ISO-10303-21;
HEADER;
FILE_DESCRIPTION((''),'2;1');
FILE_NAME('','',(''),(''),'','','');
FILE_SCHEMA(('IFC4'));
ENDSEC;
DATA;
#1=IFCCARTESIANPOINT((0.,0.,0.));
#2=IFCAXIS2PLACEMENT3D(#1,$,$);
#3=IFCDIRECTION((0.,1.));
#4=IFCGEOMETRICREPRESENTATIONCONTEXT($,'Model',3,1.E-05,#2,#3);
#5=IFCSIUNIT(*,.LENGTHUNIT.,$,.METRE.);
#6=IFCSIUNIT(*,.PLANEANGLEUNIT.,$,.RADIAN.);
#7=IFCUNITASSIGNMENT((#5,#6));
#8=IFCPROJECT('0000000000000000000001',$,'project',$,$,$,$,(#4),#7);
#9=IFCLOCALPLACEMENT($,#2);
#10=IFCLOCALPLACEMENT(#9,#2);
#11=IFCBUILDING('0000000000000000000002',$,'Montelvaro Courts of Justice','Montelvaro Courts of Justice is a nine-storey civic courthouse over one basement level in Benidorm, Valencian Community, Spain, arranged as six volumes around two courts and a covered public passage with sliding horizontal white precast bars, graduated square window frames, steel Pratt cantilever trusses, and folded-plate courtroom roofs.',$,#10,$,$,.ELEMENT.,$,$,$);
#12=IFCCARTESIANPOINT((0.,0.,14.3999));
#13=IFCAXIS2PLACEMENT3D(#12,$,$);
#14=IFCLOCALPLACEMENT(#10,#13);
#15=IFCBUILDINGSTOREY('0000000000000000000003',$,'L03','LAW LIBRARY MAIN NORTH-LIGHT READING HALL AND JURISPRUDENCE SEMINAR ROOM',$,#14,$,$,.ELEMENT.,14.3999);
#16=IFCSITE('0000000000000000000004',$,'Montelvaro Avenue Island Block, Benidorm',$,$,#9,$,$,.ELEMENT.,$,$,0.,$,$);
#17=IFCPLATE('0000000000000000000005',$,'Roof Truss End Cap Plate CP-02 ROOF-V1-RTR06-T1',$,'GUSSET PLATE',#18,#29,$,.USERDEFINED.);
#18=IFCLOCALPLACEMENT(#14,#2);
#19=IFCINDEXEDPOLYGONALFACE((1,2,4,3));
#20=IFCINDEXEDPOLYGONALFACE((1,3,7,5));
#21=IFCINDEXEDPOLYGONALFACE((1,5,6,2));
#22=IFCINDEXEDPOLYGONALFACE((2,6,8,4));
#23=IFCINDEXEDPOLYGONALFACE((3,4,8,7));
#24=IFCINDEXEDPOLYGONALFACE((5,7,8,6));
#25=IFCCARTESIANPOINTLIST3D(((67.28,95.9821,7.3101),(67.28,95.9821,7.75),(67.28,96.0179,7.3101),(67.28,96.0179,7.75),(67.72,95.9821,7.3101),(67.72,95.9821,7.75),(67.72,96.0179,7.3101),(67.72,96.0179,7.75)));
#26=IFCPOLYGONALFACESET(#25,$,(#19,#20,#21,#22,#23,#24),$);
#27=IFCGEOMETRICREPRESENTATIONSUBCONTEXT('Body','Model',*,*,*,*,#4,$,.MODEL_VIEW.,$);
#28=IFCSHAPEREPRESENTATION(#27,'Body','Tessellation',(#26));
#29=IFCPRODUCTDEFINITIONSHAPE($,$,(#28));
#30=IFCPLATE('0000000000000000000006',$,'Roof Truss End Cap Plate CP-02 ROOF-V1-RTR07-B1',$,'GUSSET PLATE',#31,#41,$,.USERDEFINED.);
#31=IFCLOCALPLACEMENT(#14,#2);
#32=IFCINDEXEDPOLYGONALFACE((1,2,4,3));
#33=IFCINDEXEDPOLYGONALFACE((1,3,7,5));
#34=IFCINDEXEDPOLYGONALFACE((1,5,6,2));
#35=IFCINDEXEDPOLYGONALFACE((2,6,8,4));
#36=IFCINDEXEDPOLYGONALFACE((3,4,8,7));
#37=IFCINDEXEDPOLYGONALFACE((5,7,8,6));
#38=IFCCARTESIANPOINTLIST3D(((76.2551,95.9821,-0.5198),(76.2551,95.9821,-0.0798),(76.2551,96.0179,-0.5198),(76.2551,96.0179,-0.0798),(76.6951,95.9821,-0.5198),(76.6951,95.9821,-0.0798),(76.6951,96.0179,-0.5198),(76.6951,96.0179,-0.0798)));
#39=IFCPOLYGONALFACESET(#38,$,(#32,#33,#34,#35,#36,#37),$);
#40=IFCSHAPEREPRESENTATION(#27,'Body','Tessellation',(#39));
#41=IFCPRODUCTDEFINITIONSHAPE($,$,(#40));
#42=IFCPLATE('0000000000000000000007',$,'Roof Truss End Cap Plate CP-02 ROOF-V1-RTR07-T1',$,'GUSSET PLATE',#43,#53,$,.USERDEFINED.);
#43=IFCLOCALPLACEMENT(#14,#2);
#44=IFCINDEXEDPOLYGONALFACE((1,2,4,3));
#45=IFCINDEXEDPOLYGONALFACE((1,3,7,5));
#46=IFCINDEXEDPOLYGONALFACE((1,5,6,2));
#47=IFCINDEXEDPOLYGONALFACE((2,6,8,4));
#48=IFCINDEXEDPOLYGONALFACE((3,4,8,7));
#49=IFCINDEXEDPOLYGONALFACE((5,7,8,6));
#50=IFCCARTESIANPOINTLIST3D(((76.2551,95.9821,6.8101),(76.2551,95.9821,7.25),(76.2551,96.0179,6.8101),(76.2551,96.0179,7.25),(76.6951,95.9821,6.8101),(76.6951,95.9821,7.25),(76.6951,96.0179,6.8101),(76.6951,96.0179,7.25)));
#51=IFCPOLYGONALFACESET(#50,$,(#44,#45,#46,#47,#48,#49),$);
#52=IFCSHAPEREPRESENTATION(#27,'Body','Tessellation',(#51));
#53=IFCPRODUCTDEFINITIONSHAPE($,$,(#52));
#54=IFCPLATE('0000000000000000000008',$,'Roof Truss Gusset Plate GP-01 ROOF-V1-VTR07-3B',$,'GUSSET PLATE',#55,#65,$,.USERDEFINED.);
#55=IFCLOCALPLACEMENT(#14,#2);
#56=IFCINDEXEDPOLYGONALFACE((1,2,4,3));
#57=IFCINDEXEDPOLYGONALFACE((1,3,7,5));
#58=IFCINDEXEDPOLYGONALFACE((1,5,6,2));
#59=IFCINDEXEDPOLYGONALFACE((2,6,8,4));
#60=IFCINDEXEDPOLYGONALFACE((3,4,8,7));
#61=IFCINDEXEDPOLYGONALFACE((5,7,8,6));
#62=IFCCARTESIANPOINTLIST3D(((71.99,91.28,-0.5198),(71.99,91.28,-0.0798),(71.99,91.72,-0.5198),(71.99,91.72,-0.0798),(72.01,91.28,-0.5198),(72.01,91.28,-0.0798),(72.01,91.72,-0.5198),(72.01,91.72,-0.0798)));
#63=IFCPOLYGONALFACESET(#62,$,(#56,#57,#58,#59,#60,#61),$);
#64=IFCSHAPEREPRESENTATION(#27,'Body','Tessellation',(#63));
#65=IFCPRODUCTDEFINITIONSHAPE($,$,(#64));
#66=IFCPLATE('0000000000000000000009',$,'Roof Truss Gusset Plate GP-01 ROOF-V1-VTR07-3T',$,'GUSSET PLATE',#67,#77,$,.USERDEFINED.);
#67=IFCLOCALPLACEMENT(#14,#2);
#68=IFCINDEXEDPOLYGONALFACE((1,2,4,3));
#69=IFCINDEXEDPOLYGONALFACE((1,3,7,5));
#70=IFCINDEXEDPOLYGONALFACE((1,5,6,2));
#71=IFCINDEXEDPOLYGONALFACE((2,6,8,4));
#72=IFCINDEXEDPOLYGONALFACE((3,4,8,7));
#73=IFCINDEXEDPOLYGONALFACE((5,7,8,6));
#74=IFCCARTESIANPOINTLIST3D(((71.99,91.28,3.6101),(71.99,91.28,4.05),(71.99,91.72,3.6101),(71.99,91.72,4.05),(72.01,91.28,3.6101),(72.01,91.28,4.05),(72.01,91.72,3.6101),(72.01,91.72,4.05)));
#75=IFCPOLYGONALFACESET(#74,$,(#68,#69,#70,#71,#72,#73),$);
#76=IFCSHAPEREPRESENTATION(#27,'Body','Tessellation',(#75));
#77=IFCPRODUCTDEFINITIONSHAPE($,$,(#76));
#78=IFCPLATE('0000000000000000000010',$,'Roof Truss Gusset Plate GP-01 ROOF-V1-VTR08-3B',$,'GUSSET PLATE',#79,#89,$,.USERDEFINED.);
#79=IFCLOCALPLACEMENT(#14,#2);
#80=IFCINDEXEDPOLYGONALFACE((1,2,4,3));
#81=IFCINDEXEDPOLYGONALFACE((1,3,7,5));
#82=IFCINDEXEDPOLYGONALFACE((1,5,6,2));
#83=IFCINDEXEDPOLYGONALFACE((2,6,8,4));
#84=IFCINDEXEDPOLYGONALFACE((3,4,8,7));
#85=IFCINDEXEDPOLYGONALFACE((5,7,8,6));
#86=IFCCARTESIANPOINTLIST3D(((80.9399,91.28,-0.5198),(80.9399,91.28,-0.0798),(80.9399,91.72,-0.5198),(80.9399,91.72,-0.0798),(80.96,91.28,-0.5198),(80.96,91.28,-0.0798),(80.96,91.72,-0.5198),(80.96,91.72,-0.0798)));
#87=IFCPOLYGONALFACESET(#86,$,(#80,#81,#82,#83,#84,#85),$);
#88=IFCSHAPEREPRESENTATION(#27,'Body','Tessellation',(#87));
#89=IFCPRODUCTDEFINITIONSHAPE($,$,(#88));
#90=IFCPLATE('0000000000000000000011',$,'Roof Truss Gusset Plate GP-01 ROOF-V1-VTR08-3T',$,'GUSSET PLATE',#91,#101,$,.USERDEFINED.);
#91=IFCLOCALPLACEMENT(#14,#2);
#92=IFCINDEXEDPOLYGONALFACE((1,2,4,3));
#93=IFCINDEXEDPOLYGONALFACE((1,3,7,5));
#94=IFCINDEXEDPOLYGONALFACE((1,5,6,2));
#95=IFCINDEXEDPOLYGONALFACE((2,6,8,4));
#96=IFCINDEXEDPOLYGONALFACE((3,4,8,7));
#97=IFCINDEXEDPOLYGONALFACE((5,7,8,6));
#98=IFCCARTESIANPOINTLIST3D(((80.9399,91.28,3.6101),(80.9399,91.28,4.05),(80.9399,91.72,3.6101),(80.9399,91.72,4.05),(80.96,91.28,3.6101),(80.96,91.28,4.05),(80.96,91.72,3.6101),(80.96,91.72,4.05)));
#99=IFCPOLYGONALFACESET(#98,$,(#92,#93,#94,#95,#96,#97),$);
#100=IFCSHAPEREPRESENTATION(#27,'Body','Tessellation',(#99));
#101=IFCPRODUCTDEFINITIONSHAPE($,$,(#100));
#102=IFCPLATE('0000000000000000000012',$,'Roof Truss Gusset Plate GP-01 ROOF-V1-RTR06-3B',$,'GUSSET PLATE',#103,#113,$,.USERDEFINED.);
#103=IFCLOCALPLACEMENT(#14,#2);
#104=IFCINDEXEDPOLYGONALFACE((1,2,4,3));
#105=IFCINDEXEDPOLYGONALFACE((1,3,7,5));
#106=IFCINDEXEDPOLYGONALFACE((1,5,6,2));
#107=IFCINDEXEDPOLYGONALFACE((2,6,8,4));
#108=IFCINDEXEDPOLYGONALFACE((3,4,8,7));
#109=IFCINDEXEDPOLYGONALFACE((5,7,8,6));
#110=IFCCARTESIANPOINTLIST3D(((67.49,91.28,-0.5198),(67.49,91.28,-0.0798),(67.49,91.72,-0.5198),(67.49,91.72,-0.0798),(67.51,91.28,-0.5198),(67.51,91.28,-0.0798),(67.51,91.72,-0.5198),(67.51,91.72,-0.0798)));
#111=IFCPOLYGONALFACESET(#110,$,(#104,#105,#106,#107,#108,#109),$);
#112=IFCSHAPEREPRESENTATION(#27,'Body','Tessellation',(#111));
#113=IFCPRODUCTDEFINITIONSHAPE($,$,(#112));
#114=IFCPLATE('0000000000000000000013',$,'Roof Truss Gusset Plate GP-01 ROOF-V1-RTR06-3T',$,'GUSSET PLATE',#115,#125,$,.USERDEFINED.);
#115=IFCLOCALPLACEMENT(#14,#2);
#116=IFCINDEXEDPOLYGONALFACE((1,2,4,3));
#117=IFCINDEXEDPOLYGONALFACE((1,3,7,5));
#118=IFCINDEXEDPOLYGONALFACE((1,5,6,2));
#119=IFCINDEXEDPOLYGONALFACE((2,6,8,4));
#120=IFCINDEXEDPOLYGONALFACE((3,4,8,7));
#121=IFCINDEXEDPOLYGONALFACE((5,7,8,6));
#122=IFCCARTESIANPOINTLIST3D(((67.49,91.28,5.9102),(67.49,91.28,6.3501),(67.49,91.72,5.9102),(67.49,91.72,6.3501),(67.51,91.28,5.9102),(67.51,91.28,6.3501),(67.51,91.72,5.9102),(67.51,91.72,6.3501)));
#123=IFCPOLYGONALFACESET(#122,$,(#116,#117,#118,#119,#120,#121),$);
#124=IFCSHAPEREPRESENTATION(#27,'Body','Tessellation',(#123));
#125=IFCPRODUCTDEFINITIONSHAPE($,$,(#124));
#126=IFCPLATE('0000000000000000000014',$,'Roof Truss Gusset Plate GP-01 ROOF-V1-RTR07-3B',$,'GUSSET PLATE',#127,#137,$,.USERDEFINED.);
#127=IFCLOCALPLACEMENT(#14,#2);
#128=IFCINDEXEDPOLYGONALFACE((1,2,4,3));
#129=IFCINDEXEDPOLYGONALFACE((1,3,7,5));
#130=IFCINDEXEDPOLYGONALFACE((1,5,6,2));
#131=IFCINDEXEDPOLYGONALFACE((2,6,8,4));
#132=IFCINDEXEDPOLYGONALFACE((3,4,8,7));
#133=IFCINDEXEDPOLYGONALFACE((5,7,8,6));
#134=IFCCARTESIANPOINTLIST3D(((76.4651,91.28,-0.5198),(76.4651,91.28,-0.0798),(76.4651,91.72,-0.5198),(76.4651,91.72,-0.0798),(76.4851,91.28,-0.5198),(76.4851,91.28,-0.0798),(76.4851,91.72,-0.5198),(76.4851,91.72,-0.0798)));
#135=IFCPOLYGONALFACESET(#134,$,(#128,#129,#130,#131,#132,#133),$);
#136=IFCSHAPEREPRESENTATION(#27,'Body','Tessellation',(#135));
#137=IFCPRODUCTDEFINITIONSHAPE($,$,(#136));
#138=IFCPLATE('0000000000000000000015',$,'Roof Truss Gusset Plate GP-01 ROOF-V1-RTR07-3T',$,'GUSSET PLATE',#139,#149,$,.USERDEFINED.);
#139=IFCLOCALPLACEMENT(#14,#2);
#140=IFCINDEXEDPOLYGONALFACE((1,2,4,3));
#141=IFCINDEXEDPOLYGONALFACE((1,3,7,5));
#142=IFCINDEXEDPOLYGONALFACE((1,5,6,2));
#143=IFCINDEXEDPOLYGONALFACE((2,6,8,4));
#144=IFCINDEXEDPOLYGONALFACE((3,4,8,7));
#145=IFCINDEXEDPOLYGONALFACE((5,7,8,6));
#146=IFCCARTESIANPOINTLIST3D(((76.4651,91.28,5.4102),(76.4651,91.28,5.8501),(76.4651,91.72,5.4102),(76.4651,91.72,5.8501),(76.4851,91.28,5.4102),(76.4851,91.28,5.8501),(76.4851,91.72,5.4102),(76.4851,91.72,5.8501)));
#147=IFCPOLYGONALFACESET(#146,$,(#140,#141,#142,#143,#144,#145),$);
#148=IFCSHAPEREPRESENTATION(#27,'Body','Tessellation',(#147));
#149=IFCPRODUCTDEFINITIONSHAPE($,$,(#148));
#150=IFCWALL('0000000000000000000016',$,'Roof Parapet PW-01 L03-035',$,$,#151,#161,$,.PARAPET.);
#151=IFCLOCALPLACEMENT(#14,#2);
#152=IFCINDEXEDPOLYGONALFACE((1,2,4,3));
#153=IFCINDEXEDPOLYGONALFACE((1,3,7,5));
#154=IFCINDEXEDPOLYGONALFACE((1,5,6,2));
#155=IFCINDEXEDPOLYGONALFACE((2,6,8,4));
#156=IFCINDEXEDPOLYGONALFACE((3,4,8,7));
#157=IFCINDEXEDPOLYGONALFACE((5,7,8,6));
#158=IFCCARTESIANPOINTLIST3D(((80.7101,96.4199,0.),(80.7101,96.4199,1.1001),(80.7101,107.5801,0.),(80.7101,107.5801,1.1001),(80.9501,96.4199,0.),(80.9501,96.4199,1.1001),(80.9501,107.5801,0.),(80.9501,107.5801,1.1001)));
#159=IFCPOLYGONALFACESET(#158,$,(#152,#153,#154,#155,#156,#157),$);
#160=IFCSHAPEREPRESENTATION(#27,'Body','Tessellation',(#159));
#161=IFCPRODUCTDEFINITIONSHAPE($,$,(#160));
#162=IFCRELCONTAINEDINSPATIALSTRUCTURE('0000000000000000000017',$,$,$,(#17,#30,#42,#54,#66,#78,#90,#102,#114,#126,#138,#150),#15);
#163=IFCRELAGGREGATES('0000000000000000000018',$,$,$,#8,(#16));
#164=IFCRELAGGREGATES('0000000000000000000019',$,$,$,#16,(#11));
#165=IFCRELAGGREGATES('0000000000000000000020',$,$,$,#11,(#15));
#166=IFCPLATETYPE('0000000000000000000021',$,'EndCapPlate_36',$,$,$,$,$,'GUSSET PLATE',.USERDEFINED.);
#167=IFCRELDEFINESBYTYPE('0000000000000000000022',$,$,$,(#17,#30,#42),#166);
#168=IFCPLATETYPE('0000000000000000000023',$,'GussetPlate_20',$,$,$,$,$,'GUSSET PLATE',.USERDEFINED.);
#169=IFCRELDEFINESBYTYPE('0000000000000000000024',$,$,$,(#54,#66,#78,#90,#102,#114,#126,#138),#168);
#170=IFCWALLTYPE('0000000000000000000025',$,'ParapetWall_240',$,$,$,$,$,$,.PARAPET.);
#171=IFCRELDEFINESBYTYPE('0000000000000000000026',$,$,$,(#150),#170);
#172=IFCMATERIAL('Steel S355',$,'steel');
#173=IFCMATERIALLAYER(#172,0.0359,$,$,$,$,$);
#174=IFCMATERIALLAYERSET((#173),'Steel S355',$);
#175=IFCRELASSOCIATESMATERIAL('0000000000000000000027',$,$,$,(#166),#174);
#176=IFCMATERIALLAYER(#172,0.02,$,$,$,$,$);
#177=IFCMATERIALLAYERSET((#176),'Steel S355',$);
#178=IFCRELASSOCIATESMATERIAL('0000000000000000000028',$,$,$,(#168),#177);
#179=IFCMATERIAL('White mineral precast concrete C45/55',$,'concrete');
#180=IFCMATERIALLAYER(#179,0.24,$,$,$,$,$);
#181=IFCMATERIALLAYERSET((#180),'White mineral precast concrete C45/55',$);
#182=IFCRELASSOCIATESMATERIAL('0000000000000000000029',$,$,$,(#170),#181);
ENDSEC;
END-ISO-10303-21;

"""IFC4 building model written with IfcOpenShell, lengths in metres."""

from ifc_helpers import new_model, si_unit, direction, frame, frame_2d, origin, origin_2d, place, context, subcontext, project, spatial, rectangle, extrude, material, layer, layer_set, type_object, element, save


model = new_model("IFC4")

# Units and contexts
model_context = context("Model", 3, precision=1e-05, world=origin(), true_north=direction((0.0, 1.0)))
body_context = subcontext(model_context, "Body", "Model", "MODEL_VIEW")
ifc_project = project(units=[si_unit("LENGTHUNIT", "METRE"), si_unit("PLANEANGLEUNIT", "RADIAN")], contexts=[model_context])

# Site, building, storey
site_placement = place(None, origin())
site = spatial("IfcSite", under=ifc_project, at=site_placement, Name="Montelvaro Avenue Island Block, Benidorm", CompositionType="ELEMENT", RefElevation=0.0)
building_placement = place(site_placement, origin())
building = spatial("IfcBuilding", under=site, at=building_placement, Name="Montelvaro Courts of Justice", Description="Montelvaro Courts of Justice is a nine-storey civic courthouse over one basement level in Benidorm, Valencian Community, Spain, arranged as six volumes around two courts and a covered public passage with sliding horizontal white precast bars, graduated square window frames, steel Pratt cantilever trusses, and folded-plate courtroom roofs.", CompositionType="ELEMENT")
storey_placement = place(building_placement, frame((0.0, 0.0, 14.3999)))
storey = spatial("IfcBuildingStorey", under=building, at=storey_placement, Name="L03", Description="LAW LIBRARY MAIN NORTH-LIGHT READING HALL AND JURISPRUDENCE SEMINAR ROOM", CompositionType="ELEMENT", Elevation=14.3999)

# Shared definitions
ifc_material_1 = material(Name="Steel S355", Category="steel")

# Plates
ifc_layer_1 = layer(ifc_material_1, 0.0359)
ifc_layer_set_1 = layer_set([ifc_layer_1], Name="Steel S355")
plate_type_1 = type_object("IfcPlateType", Name="EndCapPlate_36", ElementType="GUSSET PLATE", PredefinedType="USERDEFINED", material=ifc_layer_set_1)
for number, where, z_axis, x_axis, name in (
    (1, (67.5, 96.0, 7.3101), (0.0, 0.0, 1.0), (1.0, 0.0, 0.0), "Roof Truss End Cap Plate CP-02 ROOF-V1-RTR06-T1"),
    (2, (76.4751, 96.0, -0.5198), (0.0, 0.0, 1.0), (1.0, 0.0, 0.0), "Roof Truss End Cap Plate CP-02 ROOF-V1-RTR07-B1"),
    (3, (76.4751, 96.0, 6.8101), (0.0, 0.0, 1.0), (1.0, 0.0, 0.0), "Roof Truss End Cap Plate CP-02 ROOF-V1-RTR07-T1"),
):
    element("IfcPlate", number, at=place(storey_placement, frame(where, z_axis=z_axis, x_axis=x_axis)), inside=storey, type_object=plate_type_1, Name=name, ObjectType="GUSSET PLATE", PredefinedType="USERDEFINED", context=body_context, shape_type="SweptSolid", body=[
        extrude(rectangle(XDim=0.4399, YDim=0.0359, at=origin_2d()), origin(), (0.0, 0.0, 1.0), 0.4399),
    ])
ifc_layer_2 = layer(ifc_material_1, 0.02)
ifc_layer_set_2 = layer_set([ifc_layer_2], Name="Steel S355")
plate_type_2 = type_object("IfcPlateType", Name="GussetPlate_20", ElementType="GUSSET PLATE", PredefinedType="USERDEFINED", material=ifc_layer_set_2)
for number, where, z_axis, x_axis, name in (
    (4, (72.0, 91.5, -0.5198), (0.0, 0.0, 1.0), (1.0, 0.0, 0.0), "Roof Truss Gusset Plate GP-01 ROOF-V1-VTR07-3B"),
    (5, (72.0, 91.5, 3.6101), (0.0, 0.0, 1.0), (1.0, 0.0, 0.0), "Roof Truss Gusset Plate GP-01 ROOF-V1-VTR07-3T"),
    (6, (80.95, 91.5, -0.5198), (0.0, 0.0, 1.0), (1.0, 0.0, 0.0), "Roof Truss Gusset Plate GP-01 ROOF-V1-VTR08-3B"),
    (7, (80.95, 91.5, 3.6101), (0.0, 0.0, 1.0), (1.0, 0.0, 0.0), "Roof Truss Gusset Plate GP-01 ROOF-V1-VTR08-3T"),
    (8, (67.5, 91.5, -0.5198), (0.0, 0.0, 1.0), (1.0, 0.0, 0.0), "Roof Truss Gusset Plate GP-01 ROOF-V1-RTR06-3B"),
    (9, (67.5, 91.5, 5.9102), (0.0, 0.0, 1.0), (1.0, 0.0, 0.0), "Roof Truss Gusset Plate GP-01 ROOF-V1-RTR06-3T"),
    (10, (76.4751, 91.5, -0.5198), (0.0, 0.0, 1.0), (1.0, 0.0, 0.0), "Roof Truss Gusset Plate GP-01 ROOF-V1-RTR07-3B"),
    (11, (76.4751, 91.5, 5.4102), (0.0, 0.0, 1.0), (1.0, 0.0, 0.0), "Roof Truss Gusset Plate GP-01 ROOF-V1-RTR07-3T"),
):
    element("IfcPlate", number, at=place(storey_placement, frame(where, z_axis=z_axis, x_axis=x_axis)), inside=storey, type_object=plate_type_2, Name=name, ObjectType="GUSSET PLATE", PredefinedType="USERDEFINED", context=body_context, shape_type="SweptSolid", body=[
        extrude(rectangle(XDim=0.02, YDim=0.4399, at=origin_2d()), origin(), (0.0, 0.0, 1.0), 0.4399),
    ])

# Wall
ifc_material_2 = material(Name="White mineral precast concrete C45/55", Category="concrete")
ifc_layer_3 = layer(ifc_material_2, 0.24)
ifc_layer_set_3 = layer_set([ifc_layer_3], Name="White mineral precast concrete C45/55")
wall_type = type_object("IfcWallType", Name="ParapetWall_240", PredefinedType="PARAPET", material=ifc_layer_set_3)
wall_placement = place(storey_placement, frame((80.8301, 96.4199, 0.0), z_axis=(0.0, 0.0, 1.0), x_axis=(0.0, 1.0, 0.0)))
element("IfcWall", 12, at=wall_placement, inside=storey, type_object=wall_type, Name="Roof Parapet PW-01 L03-035", PredefinedType="PARAPET", context=body_context, shape_type="SweptSolid", body=[
    extrude(rectangle(XDim=11.1602, YDim=0.24, at=frame_2d((5.5801, 0.0))), origin(), (0.0, 0.0, 1.0), 1.1001),
])

save(model, "model.ifc")
